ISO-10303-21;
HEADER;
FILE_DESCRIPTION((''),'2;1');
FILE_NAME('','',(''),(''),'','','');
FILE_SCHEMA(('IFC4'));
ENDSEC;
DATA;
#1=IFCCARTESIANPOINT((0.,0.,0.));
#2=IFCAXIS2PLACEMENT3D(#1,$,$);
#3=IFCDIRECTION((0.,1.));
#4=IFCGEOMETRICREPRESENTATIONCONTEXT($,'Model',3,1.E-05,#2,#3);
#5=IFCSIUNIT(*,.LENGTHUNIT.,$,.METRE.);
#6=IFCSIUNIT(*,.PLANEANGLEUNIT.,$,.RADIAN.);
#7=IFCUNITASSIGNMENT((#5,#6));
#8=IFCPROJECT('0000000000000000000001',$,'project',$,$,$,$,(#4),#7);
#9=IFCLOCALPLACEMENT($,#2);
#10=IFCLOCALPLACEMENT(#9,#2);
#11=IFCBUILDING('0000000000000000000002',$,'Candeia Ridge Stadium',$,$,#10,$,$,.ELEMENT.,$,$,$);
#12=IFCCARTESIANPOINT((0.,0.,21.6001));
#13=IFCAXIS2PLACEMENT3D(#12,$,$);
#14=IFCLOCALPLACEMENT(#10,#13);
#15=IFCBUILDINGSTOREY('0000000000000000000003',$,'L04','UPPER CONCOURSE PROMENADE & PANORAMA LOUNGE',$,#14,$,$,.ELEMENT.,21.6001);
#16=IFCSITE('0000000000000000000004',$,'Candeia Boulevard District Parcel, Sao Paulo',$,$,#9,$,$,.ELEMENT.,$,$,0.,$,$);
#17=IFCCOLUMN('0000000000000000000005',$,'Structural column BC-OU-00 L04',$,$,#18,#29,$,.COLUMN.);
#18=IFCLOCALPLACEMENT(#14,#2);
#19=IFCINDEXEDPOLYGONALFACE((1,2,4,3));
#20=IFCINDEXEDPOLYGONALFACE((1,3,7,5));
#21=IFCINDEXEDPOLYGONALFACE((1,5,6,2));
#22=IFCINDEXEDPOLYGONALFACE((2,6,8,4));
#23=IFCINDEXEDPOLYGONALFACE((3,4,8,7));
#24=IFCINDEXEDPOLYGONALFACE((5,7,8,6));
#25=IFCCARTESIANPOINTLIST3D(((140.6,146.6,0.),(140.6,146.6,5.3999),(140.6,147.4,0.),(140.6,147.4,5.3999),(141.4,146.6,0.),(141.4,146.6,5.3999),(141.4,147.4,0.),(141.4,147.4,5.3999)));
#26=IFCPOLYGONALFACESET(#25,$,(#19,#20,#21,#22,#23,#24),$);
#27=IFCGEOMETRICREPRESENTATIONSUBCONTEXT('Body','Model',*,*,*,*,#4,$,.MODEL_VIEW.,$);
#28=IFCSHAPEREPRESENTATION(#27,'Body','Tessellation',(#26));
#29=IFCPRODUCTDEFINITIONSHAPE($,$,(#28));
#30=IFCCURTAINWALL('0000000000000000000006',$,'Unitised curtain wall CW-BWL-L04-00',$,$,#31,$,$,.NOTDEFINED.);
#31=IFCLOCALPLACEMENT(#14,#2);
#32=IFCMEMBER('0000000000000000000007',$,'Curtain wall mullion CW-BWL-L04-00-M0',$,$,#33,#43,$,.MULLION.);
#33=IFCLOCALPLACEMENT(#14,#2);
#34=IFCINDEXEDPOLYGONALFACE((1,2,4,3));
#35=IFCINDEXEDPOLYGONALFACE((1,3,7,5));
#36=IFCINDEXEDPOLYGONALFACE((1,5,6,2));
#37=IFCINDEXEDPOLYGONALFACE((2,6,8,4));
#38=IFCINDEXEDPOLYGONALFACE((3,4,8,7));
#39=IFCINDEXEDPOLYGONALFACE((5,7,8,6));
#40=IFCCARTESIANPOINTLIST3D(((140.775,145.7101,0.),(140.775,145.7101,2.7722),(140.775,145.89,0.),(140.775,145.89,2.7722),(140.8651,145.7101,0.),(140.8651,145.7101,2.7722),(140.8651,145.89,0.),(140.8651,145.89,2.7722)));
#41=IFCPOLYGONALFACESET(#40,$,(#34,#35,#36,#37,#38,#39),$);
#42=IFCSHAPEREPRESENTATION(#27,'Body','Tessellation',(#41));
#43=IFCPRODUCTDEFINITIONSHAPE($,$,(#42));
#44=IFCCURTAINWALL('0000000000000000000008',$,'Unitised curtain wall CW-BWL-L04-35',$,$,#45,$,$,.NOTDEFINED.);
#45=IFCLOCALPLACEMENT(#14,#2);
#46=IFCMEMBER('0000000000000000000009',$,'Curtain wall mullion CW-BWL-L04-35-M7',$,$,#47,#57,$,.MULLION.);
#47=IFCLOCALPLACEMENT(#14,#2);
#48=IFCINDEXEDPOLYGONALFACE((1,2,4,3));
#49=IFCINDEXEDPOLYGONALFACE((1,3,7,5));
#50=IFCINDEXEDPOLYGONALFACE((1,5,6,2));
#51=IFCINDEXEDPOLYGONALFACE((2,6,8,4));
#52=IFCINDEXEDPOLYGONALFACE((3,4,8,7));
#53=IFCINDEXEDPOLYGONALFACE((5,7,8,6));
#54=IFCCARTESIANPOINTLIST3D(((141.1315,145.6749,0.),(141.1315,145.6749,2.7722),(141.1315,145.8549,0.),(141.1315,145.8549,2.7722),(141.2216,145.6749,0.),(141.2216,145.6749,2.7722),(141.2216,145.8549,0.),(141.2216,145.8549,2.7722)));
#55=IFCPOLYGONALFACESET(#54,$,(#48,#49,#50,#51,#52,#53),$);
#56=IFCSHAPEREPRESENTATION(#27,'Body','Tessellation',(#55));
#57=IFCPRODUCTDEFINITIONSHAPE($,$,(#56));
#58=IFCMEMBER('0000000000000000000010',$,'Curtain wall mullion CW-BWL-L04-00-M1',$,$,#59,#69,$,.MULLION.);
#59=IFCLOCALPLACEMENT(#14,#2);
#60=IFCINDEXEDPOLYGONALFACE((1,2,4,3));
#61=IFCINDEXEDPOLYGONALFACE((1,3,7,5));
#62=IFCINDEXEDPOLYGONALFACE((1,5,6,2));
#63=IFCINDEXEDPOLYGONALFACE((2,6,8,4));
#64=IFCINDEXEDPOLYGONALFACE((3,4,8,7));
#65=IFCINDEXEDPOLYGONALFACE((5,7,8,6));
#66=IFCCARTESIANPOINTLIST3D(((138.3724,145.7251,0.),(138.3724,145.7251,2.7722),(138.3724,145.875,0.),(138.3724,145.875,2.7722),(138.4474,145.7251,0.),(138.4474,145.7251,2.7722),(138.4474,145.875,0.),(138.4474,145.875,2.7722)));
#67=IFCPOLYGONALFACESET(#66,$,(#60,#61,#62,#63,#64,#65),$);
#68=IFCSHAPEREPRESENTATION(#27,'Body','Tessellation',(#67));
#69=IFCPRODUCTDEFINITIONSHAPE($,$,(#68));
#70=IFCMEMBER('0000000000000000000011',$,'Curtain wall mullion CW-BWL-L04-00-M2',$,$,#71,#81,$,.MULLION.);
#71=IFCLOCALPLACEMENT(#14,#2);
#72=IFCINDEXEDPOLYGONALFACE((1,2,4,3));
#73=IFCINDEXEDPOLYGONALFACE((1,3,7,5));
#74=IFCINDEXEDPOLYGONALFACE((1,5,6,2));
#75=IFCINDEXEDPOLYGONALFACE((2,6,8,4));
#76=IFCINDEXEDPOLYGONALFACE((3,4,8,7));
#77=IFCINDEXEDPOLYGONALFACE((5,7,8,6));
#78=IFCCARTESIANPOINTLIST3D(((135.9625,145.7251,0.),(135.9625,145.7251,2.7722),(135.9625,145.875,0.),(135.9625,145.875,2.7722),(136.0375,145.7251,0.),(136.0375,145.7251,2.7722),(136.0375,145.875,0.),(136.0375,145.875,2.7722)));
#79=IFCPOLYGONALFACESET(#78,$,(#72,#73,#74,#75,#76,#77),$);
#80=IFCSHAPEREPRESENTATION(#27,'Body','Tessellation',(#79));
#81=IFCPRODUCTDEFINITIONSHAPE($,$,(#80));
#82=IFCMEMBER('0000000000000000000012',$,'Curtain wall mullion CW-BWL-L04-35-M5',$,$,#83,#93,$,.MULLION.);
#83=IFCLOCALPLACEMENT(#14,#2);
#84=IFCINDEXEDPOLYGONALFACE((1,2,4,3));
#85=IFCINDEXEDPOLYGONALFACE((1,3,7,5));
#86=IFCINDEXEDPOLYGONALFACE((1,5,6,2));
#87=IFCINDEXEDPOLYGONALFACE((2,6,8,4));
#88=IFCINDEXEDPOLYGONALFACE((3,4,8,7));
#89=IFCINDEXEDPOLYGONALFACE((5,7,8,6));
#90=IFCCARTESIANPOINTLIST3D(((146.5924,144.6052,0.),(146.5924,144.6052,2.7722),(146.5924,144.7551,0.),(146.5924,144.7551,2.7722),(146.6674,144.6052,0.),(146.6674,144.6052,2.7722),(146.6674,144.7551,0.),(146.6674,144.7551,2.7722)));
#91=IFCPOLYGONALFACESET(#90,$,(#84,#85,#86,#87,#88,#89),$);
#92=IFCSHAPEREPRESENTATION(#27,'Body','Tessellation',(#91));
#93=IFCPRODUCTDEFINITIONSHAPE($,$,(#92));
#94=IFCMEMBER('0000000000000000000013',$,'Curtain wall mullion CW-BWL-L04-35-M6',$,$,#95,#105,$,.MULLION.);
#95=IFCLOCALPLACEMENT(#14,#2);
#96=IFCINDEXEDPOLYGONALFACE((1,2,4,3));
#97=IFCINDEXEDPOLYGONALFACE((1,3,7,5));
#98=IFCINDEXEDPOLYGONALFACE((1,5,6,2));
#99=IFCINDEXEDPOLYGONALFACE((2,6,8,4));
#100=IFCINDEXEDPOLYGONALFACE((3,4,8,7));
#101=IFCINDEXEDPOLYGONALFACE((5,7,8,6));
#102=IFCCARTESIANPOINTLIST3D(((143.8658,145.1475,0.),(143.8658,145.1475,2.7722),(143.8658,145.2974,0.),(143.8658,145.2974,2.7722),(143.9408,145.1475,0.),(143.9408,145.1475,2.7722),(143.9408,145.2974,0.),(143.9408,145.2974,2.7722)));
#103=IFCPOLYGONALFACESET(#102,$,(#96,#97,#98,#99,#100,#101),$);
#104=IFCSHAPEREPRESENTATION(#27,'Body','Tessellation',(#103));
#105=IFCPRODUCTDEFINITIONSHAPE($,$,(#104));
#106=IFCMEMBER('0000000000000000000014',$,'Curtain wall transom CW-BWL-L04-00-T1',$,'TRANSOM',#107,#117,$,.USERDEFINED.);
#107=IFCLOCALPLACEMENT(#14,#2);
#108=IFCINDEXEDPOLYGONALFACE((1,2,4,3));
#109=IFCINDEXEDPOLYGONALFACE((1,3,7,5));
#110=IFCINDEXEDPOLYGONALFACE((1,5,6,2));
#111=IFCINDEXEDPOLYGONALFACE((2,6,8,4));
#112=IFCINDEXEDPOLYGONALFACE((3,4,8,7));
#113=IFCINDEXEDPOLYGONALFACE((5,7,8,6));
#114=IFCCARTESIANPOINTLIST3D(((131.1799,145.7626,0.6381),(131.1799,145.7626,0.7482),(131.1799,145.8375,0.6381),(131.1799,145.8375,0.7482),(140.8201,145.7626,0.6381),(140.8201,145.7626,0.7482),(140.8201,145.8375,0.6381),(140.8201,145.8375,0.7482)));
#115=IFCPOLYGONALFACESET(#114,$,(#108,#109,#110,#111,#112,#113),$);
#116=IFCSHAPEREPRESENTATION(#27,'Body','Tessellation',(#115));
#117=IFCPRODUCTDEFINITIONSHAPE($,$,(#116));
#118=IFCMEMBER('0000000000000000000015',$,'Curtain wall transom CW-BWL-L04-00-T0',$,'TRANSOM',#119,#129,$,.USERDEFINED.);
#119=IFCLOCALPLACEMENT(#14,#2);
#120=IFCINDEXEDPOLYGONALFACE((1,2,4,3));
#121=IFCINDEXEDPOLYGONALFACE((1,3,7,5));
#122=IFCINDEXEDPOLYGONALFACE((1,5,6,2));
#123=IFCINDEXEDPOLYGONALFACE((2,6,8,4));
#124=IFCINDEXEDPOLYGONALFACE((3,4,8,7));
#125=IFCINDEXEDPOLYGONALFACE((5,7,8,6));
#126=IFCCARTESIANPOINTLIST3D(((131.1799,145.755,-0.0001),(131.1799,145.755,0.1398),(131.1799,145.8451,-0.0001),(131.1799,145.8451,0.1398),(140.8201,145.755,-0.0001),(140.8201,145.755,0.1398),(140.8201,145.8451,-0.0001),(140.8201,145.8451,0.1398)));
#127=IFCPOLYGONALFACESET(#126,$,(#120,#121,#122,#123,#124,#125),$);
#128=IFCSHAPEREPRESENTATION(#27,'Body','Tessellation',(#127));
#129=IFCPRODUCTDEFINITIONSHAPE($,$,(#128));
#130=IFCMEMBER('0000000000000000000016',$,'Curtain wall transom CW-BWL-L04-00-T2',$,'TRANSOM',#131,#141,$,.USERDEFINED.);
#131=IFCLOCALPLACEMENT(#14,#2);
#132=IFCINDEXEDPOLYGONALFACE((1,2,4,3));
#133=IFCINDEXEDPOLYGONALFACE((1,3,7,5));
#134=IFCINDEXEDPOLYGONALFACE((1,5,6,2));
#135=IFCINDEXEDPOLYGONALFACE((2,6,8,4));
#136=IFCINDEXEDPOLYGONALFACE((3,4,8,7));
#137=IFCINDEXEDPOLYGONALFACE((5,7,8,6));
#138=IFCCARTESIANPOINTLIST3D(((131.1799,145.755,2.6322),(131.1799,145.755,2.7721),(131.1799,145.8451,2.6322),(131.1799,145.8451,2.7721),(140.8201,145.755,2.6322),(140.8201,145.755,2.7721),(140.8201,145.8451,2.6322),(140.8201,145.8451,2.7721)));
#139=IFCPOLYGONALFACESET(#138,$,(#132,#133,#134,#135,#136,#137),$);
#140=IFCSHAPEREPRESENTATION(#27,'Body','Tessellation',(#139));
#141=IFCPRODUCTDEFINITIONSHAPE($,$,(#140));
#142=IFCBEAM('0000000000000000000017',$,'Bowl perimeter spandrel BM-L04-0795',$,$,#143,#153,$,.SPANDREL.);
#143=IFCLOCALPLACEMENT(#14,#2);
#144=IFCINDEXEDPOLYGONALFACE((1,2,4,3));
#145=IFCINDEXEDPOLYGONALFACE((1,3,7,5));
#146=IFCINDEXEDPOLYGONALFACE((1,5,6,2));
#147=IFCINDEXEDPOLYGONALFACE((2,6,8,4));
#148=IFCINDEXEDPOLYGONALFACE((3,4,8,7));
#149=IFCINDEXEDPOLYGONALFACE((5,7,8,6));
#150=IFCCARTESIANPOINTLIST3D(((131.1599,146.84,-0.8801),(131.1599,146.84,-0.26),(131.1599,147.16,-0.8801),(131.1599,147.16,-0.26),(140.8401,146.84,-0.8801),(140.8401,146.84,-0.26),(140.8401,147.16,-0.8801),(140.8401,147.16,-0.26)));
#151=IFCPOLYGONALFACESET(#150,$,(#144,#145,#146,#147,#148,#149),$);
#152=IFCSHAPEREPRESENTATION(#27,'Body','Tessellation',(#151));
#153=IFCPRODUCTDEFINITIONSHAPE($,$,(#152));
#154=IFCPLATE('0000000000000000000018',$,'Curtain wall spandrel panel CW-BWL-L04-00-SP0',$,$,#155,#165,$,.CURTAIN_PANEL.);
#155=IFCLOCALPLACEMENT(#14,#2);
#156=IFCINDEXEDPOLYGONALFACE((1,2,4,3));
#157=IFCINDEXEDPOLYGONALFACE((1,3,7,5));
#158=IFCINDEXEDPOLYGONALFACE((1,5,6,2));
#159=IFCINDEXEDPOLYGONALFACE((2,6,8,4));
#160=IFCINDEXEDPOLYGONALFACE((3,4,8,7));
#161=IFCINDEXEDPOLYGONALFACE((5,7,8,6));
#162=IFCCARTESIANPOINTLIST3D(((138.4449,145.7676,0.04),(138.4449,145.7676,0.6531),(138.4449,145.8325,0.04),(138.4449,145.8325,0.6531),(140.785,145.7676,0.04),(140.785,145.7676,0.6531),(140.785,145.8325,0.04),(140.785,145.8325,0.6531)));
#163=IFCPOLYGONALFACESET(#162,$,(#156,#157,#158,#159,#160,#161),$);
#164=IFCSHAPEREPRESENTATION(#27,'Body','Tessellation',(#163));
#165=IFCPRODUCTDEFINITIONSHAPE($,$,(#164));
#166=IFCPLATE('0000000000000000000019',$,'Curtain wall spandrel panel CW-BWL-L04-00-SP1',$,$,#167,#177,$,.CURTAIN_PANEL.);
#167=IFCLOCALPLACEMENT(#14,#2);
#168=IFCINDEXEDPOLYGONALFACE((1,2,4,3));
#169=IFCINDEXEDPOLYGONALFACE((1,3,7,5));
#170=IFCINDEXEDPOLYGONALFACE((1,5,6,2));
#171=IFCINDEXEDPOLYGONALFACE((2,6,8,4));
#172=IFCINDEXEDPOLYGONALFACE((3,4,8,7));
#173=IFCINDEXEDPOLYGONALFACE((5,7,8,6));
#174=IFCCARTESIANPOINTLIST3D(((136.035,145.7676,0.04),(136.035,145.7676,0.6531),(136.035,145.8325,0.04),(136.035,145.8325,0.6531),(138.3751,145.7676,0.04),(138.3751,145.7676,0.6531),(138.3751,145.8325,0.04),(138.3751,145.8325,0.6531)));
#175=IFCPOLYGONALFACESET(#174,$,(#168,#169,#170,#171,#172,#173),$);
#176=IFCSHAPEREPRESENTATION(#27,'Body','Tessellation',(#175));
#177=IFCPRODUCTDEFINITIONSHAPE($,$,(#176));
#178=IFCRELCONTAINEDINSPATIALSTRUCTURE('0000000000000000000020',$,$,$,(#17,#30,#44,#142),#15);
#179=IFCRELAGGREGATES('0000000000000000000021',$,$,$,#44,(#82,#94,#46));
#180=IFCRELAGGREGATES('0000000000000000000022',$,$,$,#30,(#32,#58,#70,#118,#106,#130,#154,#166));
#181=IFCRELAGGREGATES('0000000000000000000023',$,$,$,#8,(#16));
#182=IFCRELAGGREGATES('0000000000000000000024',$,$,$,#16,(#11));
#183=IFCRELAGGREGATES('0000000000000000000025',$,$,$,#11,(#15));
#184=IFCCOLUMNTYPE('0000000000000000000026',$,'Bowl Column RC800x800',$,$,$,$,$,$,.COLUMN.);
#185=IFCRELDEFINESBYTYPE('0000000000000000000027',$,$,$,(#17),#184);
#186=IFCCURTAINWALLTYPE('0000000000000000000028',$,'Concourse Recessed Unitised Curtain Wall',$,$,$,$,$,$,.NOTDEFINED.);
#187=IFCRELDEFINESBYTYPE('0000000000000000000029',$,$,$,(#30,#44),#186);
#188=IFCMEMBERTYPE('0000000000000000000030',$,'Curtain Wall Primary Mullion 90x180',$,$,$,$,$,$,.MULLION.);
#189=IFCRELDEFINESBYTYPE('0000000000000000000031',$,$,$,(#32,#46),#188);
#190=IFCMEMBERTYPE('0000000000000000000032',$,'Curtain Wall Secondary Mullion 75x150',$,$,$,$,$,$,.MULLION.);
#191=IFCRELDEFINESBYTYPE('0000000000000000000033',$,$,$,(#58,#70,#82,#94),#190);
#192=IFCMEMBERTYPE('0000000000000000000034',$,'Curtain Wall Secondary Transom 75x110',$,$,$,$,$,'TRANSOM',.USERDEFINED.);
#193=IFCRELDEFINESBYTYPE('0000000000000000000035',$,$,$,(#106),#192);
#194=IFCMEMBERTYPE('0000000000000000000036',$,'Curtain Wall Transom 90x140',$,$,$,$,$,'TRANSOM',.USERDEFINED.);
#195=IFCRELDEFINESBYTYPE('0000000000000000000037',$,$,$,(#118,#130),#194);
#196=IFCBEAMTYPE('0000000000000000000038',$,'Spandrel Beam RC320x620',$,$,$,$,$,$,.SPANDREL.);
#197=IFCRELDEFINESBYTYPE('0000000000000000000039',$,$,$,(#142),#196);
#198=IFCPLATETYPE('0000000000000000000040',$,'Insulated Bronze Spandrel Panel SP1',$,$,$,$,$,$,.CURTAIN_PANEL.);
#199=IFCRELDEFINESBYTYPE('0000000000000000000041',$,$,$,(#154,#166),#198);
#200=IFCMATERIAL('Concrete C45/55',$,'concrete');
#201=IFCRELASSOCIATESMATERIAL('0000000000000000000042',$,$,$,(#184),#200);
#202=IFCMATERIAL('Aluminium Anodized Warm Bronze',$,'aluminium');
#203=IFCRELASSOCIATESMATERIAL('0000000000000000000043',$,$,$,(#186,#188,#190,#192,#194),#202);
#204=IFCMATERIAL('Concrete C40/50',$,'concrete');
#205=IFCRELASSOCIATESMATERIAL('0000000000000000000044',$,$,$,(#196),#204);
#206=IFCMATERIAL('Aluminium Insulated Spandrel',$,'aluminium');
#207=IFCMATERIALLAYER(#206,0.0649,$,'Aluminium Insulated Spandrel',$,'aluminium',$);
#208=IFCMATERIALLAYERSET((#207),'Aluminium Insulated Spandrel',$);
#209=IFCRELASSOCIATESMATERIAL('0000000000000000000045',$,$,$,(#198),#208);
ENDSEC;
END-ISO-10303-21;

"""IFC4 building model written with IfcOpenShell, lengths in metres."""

from ifc_helpers import new_model, si_unit, direction, frame, origin, origin_2d, place, context, subcontext, project, spatial, rectangle, extrude, material, layer, layer_set, material_profile, profile_set, type_object, element, aggregate, save


model = new_model("IFC4")

# Units and contexts
model_context = context("Model", 3, precision=1e-05, world=origin(), true_north=direction((0.0, 1.0)))
body_context = subcontext(model_context, "Body", "Model", "MODEL_VIEW")
ifc_project = project(units=[si_unit("LENGTHUNIT", "METRE"), si_unit("PLANEANGLEUNIT", "RADIAN")], contexts=[model_context])

# Site, building, storey
site_placement = place(None, origin())
site = spatial("IfcSite", under=ifc_project, at=site_placement, Name="Candeia Boulevard District Parcel, Sao Paulo", CompositionType="ELEMENT", RefElevation=0.0)
building_placement = place(site_placement, origin())
building = spatial("IfcBuilding", under=site, at=building_placement, Name="Candeia Ridge Stadium", CompositionType="ELEMENT")
storey_placement = place(building_placement, frame((0.0, 0.0, 21.6001)))
storey = spatial("IfcBuildingStorey", under=building, at=storey_placement, Name="L04", Description="UPPER CONCOURSE PROMENADE & PANORAMA LOUNGE", CompositionType="ELEMENT", Elevation=21.6001)

# Column
ifc_material_1 = material(Name="Concrete C45/55", Category="concrete")
ifc_material_profile_1 = material_profile(ifc_material_1, rectangle(XDim=0.8, YDim=0.8, at=origin_2d()), Name="RC800x800", Category="concrete")
ifc_profile_set_1 = profile_set([ifc_material_profile_1], Name="Concrete C45/55")
column_type = type_object("IfcColumnType", Name="Bowl Column RC800x800", PredefinedType="COLUMN", material=ifc_profile_set_1)
column_placement = place(storey_placement, frame((141.0, 147.0, 0.0), z_axis=(0.0, 0.0, 1.0), x_axis=(1.0, 0.0, 0.0)))
element("IfcColumn", 1, at=column_placement, inside=storey, type_object=column_type, Name="Structural column BC-OU-00 L04", PredefinedType="COLUMN", context=body_context, shape_type="SweptSolid", body=[
    extrude(rectangle(XDim=0.8, YDim=0.8, at=origin_2d()), origin(), (0.0, 0.0, 1.0), 5.3999),
])

# Curtain walls, members
ifc_material_2 = material(Name="Aluminium Anodized Warm Bronze", Category="aluminium")
curtain_wall_type = type_object("IfcCurtainWallType", Name="Concourse Recessed Unitised Curtain Wall", PredefinedType="NOTDEFINED", material=ifc_material_2)
curtain_wall_1_placement = place(storey_placement, origin())
curtain_wall_1 = element("IfcCurtainWall", 2, at=curtain_wall_1_placement, inside=storey, type_object=curtain_wall_type, Name="Unitised curtain wall CW-BWL-L04-00", PredefinedType="NOTDEFINED")
ifc_material_profile_2 = material_profile(ifc_material_2, rectangle(XDim=0.0901, YDim=0.1799, at=origin_2d()), Name="CWM-90x180", Category="aluminium")
ifc_profile_set_2 = profile_set([ifc_material_profile_2], Name="Aluminium Anodized Warm Bronze")
member_type_1 = type_object("IfcMemberType", Name="Curtain Wall Primary Mullion 90x180", PredefinedType="MULLION", material=ifc_profile_set_2)
member_1_placement = place(storey_placement, frame((140.8201, 145.8, 0.0), z_axis=(0.0, 0.0, 1.0), x_axis=(1.0, 0.0, 0.0)))
member_1 = element("IfcMember", 3, at=member_1_placement, type_object=member_type_1, Name="Curtain wall mullion CW-BWL-L04-00-M0", PredefinedType="MULLION", context=body_context, shape_type="SweptSolid", body=[
    extrude(rectangle(XDim=0.0901, YDim=0.1799, at=origin_2d()), origin(), (0.0, 0.0, 1.0), 2.7722),
])
curtain_wall_2_placement = place(storey_placement, origin())
curtain_wall_2 = element("IfcCurtainWall", 4, at=curtain_wall_2_placement, inside=storey, type_object=curtain_wall_type, Name="Unitised curtain wall CW-BWL-L04-35", PredefinedType="NOTDEFINED")
member_2_placement = place(storey_placement, frame((141.1765, 145.7649, 0.0), z_axis=(0.0, 0.0, 1.0), x_axis=(1.0, 0.0, 0.0)))
member_2 = element("IfcMember", 5, at=member_2_placement, type_object=member_type_1, Name="Curtain wall mullion CW-BWL-L04-35-M7", PredefinedType="MULLION", context=body_context, shape_type="SweptSolid", body=[
    extrude(rectangle(XDim=0.0901, YDim=0.1799, at=origin_2d()), origin(), (0.0, 0.0, 1.0), 2.7722),
])

# Members
ifc_material_profile_3 = material_profile(ifc_material_2, rectangle(XDim=0.075, YDim=0.1499, at=origin_2d()), Name="CWM-75x150", Category="aluminium")
ifc_profile_set_3 = profile_set([ifc_material_profile_3], Name="Aluminium Anodized Warm Bronze")
member_type_2 = type_object("IfcMemberType", Name="Curtain Wall Secondary Mullion 75x150", PredefinedType="MULLION", material=ifc_profile_set_3)
member_3_placement = place(storey_placement, frame((138.4099, 145.8, 0.0), z_axis=(0.0, 0.0, 1.0), x_axis=(1.0, 0.0, 0.0)))
member_3 = element("IfcMember", 6, at=member_3_placement, type_object=member_type_2, Name="Curtain wall mullion CW-BWL-L04-00-M1", PredefinedType="MULLION", context=body_context, shape_type="SweptSolid", body=[
    extrude(rectangle(XDim=0.075, YDim=0.1499, at=origin_2d()), origin(), (0.0, 0.0, 1.0), 2.7722),
])
member_4_placement = place(storey_placement, frame((136.0, 145.8, 0.0), z_axis=(0.0, 0.0, 1.0), x_axis=(1.0, 0.0, 0.0)))
member_4 = element("IfcMember", 7, at=member_4_placement, type_object=member_type_2, Name="Curtain wall mullion CW-BWL-L04-00-M2", PredefinedType="MULLION", context=body_context, shape_type="SweptSolid", body=[
    extrude(rectangle(XDim=0.075, YDim=0.1499, at=origin_2d()), origin(), (0.0, 0.0, 1.0), 2.7722),
])
member_5_placement = place(storey_placement, frame((146.6299, 144.6802, 0.0), z_axis=(0.0, 0.0, 1.0), x_axis=(1.0, 0.0, 0.0)))
member_5 = element("IfcMember", 8, at=member_5_placement, type_object=member_type_2, Name="Curtain wall mullion CW-BWL-L04-35-M5", PredefinedType="MULLION", context=body_context, shape_type="SweptSolid", body=[
    extrude(rectangle(XDim=0.075, YDim=0.1499, at=origin_2d()), origin(), (0.0, 0.0, 1.0), 2.7722),
])
member_6_placement = place(storey_placement, frame((143.9033, 145.2224, 0.0), z_axis=(0.0, 0.0, 1.0), x_axis=(1.0, 0.0, 0.0)))
member_6 = element("IfcMember", 9, at=member_6_placement, type_object=member_type_2, Name="Curtain wall mullion CW-BWL-L04-35-M6", PredefinedType="MULLION", context=body_context, shape_type="SweptSolid", body=[
    extrude(rectangle(XDim=0.075, YDim=0.1499, at=origin_2d()), origin(), (0.0, 0.0, 1.0), 2.7722),
])
ifc_material_profile_4 = material_profile(ifc_material_2, rectangle(XDim=0.075, YDim=0.1101, at=origin_2d()), Name="CWT-75x110", Category="aluminium")
ifc_profile_set_4 = profile_set([ifc_material_profile_4], Name="Aluminium Anodized Warm Bronze")
member_type_3 = type_object("IfcMemberType", Name="Curtain Wall Secondary Transom 75x110", ElementType="TRANSOM", PredefinedType="USERDEFINED", material=ifc_profile_set_4)
member_7_placement = place(storey_placement, frame((140.8201, 145.8, 0.6931), z_axis=(-1.0, 0.0, 0.0), x_axis=(0.0, -1.0, 0.0)))
member_7 = element("IfcMember", 10, at=member_7_placement, type_object=member_type_3, Name="Curtain wall transom CW-BWL-L04-00-T1", ObjectType="TRANSOM", PredefinedType="USERDEFINED", context=body_context, shape_type="SweptSolid", body=[
    extrude(rectangle(XDim=0.075, YDim=0.1101, at=origin_2d()), origin(), (0.0, 0.0, 1.0), 9.6401),
])
ifc_material_profile_5 = material_profile(ifc_material_2, rectangle(XDim=0.0901, YDim=0.1399, at=origin_2d()), Name="CWT-90x140", Category="aluminium")
ifc_profile_set_5 = profile_set([ifc_material_profile_5], Name="Aluminium Anodized Warm Bronze")
member_type_4 = type_object("IfcMemberType", Name="Curtain Wall Transom 90x140", ElementType="TRANSOM", PredefinedType="USERDEFINED", material=ifc_profile_set_5)
member_8_placement = place(storey_placement, frame((140.8201, 145.8, 0.0698), z_axis=(-1.0, 0.0, 0.0), x_axis=(0.0, -1.0, 0.0)))
member_8 = element("IfcMember", 11, at=member_8_placement, type_object=member_type_4, Name="Curtain wall transom CW-BWL-L04-00-T0", ObjectType="TRANSOM", PredefinedType="USERDEFINED", context=body_context, shape_type="SweptSolid", body=[
    extrude(rectangle(XDim=0.0901, YDim=0.1399, at=origin_2d()), origin(), (0.0, 0.0, 1.0), 9.6401),
])
member_9_placement = place(storey_placement, frame((140.8201, 145.8, 2.7021), z_axis=(-1.0, 0.0, 0.0), x_axis=(0.0, -1.0, 0.0)))
member_9 = element("IfcMember", 12, at=member_9_placement, type_object=member_type_4, Name="Curtain wall transom CW-BWL-L04-00-T2", ObjectType="TRANSOM", PredefinedType="USERDEFINED", context=body_context, shape_type="SweptSolid", body=[
    extrude(rectangle(XDim=0.0901, YDim=0.1399, at=origin_2d()), origin(), (0.0, 0.0, 1.0), 9.6401),
])

# Beam
ifc_material_3 = material(Name="Concrete C40/50", Category="concrete")
ifc_material_profile_6 = material_profile(ifc_material_3, rectangle(XDim=0.3201, YDim=0.6201, at=origin_2d()), Name="RC320x620", Category="concrete")
ifc_profile_set_6 = profile_set([ifc_material_profile_6], Name="Concrete C40/50")
beam_type = type_object("IfcBeamType", Name="Spandrel Beam RC320x620", PredefinedType="SPANDREL", material=ifc_profile_set_6)
beam_placement = place(storey_placement, frame((140.8401, 147.0, -0.5701), z_axis=(-1.0, 0.0, 0.0), x_axis=(0.0, -1.0, 0.0)))
element("IfcBeam", 13, at=beam_placement, inside=storey, type_object=beam_type, Name="Bowl perimeter spandrel BM-L04-0795", PredefinedType="SPANDREL", context=body_context, shape_type="SweptSolid", body=[
    extrude(rectangle(XDim=0.3201, YDim=0.6201, at=origin_2d()), origin(), (0.0, 0.0, 1.0), 9.6802),
])

# Plates
ifc_material_4 = material(Name="Aluminium Insulated Spandrel", Category="aluminium")
ifc_layer_1 = layer(ifc_material_4, 0.0649, Name="Aluminium Insulated Spandrel", Category="aluminium")
ifc_layer_set_1 = layer_set([ifc_layer_1], Name="Aluminium Insulated Spandrel")
plate_type_1 = type_object("IfcPlateType", Name="Insulated Bronze Spandrel Panel SP1", PredefinedType="CURTAIN_PANEL", material=ifc_layer_set_1)
plate_1_placement = place(storey_placement, frame((139.615, 145.8, 0.04), z_axis=(0.0, 0.0, 1.0), x_axis=(-1.0, 0.0, 0.0)))
plate_1 = element("IfcPlate", 14, at=plate_1_placement, type_object=plate_type_1, Name="Curtain wall spandrel panel CW-BWL-L04-00-SP0", PredefinedType="CURTAIN_PANEL", context=body_context, shape_type="SweptSolid", body=[
    extrude(rectangle(XDim=2.3401, YDim=0.0649, at=origin_2d()), origin(), (0.0, 0.0, 1.0), 0.613),
])
plate_2_placement = place(storey_placement, frame((137.2051, 145.8, 0.04), z_axis=(0.0, 0.0, 1.0), x_axis=(-1.0, 0.0, 0.0)))
plate_2 = element("IfcPlate", 15, at=plate_2_placement, type_object=plate_type_1, Name="Curtain wall spandrel panel CW-BWL-L04-00-SP1", PredefinedType="CURTAIN_PANEL", context=body_context, shape_type="SweptSolid", body=[
    extrude(rectangle(XDim=2.3401, YDim=0.0649, at=origin_2d()), origin(), (0.0, 0.0, 1.0), 0.613),
])
aggregate(curtain_wall_2, [member_5, member_6, member_2])
aggregate(curtain_wall_1, [member_1, member_3, member_4, member_8, member_7, member_9, plate_1, plate_2])

save(model, "model.ifc")
